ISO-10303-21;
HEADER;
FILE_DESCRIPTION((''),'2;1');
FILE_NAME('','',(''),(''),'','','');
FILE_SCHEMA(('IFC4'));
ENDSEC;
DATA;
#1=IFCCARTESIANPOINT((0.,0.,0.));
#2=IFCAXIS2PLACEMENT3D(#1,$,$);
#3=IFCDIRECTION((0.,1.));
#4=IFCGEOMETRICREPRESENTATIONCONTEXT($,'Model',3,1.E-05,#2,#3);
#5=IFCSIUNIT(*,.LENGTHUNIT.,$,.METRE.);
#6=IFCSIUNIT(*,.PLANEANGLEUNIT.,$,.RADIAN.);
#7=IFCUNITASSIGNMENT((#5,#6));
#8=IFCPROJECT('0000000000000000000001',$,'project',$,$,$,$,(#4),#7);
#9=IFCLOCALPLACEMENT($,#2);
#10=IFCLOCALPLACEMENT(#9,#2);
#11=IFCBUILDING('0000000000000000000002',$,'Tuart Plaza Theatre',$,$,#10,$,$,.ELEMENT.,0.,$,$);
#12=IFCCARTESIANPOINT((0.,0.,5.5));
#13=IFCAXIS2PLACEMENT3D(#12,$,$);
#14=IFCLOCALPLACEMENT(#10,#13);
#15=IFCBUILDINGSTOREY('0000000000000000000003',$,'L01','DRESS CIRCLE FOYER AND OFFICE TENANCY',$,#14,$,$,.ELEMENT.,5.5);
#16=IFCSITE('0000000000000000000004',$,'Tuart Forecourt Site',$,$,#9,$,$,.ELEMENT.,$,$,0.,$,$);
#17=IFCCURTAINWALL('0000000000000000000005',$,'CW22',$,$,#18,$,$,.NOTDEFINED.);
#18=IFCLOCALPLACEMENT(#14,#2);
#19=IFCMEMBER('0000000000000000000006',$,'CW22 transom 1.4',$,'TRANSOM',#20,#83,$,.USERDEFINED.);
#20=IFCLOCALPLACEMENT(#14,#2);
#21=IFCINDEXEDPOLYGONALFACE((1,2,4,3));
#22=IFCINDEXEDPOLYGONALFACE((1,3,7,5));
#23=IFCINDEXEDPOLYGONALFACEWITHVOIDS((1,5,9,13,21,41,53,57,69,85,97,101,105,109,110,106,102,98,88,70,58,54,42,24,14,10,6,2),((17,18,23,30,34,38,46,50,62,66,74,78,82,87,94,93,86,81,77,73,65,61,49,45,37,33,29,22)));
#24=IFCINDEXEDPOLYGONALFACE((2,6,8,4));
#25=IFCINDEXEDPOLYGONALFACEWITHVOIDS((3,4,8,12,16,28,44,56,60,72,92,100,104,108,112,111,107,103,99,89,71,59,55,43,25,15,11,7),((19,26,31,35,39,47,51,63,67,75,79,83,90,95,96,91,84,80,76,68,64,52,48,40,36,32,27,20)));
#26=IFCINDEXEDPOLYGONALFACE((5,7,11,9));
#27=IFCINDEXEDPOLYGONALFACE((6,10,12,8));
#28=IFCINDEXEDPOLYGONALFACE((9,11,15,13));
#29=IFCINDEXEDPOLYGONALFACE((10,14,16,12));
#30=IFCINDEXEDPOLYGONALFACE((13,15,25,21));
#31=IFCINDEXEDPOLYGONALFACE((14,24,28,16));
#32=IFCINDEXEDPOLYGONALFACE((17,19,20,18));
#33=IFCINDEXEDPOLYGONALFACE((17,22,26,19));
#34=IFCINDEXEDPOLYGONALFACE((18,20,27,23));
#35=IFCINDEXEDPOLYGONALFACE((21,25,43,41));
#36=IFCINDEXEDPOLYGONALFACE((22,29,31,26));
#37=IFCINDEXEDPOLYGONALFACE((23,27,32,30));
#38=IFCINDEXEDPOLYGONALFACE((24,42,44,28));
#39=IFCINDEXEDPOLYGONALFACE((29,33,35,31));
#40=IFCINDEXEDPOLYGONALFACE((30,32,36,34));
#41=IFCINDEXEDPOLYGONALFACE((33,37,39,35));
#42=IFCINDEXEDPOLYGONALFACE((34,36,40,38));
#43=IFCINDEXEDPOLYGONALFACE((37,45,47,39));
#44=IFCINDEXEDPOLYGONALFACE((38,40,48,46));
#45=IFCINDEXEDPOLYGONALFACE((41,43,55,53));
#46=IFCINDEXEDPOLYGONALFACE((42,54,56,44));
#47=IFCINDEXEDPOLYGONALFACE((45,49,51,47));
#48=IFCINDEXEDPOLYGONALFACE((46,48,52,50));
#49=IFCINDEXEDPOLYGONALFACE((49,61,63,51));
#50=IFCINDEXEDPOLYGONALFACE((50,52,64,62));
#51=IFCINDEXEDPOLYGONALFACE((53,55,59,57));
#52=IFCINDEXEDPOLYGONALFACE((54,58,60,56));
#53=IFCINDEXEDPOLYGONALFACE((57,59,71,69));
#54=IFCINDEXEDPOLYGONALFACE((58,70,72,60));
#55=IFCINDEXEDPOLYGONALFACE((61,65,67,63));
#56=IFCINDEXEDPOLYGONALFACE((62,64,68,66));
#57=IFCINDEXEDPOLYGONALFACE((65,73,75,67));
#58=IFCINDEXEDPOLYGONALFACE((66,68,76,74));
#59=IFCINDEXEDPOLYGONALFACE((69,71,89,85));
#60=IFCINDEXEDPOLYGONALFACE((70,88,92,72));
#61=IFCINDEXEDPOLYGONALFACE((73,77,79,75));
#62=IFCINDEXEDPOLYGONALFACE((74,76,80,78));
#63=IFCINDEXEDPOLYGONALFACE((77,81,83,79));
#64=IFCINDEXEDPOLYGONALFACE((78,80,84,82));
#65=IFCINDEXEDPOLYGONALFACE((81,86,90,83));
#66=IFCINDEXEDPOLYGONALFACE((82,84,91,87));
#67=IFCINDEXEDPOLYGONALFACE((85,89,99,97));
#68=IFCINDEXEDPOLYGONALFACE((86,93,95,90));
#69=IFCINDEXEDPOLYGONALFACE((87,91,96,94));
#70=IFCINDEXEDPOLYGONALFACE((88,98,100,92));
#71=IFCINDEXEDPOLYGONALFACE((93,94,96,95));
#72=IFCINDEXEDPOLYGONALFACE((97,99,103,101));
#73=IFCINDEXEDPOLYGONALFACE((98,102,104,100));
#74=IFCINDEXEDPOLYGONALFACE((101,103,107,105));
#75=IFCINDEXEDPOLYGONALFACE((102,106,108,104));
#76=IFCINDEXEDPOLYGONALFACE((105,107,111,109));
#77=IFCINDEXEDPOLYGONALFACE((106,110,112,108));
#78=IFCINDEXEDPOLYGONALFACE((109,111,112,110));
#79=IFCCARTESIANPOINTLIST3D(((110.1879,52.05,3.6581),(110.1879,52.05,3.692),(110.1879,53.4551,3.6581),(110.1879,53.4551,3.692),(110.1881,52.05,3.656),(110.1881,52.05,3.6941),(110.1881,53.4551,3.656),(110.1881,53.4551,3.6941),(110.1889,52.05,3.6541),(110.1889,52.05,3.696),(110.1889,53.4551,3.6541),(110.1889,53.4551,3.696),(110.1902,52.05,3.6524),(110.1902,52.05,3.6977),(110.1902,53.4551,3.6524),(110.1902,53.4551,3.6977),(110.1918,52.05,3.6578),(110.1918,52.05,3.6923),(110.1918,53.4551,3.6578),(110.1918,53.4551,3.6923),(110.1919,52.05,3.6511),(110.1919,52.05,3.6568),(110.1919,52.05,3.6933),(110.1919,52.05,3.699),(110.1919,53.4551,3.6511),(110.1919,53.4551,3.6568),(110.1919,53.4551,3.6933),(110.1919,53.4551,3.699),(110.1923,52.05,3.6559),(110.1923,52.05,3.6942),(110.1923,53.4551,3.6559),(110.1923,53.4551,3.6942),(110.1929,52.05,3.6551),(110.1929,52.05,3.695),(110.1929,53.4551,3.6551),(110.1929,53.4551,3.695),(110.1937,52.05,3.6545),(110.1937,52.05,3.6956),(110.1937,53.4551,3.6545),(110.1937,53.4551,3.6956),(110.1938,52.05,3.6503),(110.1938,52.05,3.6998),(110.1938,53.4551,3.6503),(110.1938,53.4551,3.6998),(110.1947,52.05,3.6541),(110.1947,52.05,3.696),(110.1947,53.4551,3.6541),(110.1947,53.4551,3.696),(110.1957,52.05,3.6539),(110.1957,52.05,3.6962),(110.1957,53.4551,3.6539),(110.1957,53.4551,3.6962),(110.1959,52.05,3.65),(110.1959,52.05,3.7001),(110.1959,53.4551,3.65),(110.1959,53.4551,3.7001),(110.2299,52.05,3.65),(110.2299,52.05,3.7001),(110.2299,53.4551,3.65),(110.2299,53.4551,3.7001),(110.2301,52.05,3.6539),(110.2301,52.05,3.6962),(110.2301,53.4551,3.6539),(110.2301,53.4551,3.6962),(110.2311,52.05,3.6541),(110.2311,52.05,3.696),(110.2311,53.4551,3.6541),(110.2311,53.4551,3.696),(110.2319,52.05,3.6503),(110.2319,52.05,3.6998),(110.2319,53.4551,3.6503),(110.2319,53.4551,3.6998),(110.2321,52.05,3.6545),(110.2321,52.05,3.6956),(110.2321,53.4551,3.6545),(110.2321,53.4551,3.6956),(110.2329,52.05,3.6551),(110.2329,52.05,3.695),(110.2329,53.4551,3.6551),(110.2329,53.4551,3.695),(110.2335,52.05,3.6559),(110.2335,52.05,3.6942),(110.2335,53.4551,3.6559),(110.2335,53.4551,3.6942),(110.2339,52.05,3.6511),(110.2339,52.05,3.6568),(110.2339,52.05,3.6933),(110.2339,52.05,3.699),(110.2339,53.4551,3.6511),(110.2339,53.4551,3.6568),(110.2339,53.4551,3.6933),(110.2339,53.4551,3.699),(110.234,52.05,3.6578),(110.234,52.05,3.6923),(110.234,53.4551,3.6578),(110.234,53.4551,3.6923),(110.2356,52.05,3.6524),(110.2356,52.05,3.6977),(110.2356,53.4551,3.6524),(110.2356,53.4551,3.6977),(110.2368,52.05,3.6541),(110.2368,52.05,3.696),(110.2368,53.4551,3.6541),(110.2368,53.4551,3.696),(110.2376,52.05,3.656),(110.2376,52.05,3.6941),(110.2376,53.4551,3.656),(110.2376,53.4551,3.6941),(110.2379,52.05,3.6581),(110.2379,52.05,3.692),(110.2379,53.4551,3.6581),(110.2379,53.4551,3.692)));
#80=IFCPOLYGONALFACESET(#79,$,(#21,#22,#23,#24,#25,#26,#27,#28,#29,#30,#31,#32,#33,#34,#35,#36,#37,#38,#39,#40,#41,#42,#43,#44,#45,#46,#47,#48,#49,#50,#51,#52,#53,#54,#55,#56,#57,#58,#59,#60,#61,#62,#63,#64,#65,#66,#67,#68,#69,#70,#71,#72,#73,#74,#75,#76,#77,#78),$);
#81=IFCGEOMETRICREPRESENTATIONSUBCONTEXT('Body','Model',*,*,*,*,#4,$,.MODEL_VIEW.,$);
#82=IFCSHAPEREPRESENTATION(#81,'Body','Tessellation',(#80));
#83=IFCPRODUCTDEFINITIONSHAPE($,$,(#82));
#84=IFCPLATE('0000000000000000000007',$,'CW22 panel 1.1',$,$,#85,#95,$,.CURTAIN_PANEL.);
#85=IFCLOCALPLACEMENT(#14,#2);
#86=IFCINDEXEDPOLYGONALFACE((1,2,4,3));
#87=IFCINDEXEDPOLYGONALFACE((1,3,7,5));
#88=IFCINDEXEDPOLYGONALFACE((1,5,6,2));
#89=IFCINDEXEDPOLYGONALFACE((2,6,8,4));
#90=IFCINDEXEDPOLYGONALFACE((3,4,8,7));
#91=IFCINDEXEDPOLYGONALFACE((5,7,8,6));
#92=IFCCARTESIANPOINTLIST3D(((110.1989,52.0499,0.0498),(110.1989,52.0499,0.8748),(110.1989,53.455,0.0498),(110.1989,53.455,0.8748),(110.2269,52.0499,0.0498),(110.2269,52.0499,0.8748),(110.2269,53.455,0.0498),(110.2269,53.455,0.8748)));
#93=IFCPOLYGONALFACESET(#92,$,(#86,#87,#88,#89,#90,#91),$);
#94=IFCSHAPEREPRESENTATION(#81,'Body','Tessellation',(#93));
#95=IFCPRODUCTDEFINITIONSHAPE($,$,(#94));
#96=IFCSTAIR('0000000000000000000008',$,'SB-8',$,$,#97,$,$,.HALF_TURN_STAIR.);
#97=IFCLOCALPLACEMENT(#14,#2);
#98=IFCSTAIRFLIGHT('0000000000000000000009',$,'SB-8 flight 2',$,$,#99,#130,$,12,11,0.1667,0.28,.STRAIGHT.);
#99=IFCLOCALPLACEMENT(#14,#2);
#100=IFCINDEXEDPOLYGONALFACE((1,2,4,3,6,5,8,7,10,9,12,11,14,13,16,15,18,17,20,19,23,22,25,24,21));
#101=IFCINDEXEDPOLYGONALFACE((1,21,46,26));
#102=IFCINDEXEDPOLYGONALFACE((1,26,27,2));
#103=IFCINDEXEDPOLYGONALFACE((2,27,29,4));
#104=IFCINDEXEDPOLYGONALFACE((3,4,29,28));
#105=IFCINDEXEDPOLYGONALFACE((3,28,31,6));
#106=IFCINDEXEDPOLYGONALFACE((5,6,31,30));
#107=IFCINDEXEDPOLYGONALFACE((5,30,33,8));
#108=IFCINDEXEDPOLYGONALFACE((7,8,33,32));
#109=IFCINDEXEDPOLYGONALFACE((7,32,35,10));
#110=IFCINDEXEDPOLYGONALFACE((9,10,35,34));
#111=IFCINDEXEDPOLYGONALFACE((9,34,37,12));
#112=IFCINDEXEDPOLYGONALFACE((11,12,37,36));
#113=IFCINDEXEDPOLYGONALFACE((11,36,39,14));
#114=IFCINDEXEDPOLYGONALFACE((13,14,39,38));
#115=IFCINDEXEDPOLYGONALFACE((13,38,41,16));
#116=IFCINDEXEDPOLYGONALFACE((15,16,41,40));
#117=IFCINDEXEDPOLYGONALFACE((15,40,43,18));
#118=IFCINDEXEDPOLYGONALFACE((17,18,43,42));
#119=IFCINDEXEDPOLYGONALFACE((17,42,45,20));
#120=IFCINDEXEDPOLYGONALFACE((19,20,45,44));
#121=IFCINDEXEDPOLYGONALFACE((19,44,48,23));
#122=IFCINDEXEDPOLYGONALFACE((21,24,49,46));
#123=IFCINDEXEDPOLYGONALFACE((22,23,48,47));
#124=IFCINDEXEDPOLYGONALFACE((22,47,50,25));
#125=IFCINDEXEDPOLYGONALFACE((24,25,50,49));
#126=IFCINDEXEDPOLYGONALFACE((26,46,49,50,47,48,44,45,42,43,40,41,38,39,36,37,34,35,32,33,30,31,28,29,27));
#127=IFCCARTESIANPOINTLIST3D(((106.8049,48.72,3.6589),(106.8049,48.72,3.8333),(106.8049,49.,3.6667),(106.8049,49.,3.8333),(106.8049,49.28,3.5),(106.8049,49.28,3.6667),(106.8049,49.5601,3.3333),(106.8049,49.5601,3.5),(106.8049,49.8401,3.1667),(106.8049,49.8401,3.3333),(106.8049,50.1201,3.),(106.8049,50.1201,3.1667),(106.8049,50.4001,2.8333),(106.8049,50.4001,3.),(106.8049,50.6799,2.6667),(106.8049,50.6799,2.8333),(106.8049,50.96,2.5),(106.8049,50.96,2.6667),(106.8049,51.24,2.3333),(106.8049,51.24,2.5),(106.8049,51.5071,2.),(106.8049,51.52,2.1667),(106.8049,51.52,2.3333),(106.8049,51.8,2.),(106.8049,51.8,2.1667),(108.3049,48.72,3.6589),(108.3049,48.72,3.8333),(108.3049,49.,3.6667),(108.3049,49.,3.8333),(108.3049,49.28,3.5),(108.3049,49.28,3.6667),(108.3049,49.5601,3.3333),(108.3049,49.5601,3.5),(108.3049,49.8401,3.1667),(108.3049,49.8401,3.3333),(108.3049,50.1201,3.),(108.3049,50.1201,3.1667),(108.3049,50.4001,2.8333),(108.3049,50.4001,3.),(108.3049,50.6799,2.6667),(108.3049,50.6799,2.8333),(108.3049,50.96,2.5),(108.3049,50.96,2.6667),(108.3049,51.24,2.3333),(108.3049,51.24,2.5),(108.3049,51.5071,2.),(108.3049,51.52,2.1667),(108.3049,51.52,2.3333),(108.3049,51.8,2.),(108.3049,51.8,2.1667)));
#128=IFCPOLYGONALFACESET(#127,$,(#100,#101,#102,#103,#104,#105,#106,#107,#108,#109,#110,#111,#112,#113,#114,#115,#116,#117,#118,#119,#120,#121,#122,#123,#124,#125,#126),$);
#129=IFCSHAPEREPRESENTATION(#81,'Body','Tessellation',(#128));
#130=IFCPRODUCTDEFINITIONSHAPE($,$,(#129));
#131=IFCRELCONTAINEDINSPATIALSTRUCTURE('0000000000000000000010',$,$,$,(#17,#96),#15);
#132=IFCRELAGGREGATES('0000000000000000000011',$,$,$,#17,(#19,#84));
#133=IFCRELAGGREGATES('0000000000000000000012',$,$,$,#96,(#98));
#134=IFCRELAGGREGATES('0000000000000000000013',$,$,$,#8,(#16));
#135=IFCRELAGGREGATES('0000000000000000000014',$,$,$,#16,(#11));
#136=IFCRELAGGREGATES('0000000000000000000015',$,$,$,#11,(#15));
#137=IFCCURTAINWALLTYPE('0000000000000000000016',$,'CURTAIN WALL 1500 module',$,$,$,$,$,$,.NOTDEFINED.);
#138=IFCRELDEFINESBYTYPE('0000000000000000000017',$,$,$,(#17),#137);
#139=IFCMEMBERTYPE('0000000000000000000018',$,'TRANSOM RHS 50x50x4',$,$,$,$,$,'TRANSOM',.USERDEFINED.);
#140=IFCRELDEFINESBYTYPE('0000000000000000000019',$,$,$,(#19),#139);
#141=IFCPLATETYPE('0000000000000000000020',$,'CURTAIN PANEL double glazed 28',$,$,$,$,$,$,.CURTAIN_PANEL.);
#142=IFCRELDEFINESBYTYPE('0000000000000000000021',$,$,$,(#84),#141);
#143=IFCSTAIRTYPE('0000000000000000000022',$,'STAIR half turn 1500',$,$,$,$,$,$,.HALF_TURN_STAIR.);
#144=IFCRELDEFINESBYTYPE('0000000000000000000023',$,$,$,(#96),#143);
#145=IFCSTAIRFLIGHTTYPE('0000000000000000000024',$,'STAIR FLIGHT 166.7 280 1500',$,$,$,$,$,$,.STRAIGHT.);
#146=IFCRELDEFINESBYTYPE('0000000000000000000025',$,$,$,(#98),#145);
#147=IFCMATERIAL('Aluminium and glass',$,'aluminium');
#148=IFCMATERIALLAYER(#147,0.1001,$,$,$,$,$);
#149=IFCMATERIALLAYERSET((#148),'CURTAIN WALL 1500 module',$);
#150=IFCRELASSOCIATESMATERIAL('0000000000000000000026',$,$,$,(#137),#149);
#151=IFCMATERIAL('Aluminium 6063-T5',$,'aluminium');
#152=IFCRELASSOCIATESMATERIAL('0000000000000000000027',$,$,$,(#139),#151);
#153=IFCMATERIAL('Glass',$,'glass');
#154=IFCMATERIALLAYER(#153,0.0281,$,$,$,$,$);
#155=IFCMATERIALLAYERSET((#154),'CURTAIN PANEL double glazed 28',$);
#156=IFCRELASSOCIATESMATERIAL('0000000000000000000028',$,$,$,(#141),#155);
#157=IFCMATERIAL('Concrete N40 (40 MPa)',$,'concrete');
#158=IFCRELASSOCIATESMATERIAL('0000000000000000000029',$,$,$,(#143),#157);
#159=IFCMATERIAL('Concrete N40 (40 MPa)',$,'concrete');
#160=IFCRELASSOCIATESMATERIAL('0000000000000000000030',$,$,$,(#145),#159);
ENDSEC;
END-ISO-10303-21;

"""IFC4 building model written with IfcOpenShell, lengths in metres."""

from ifc_helpers import new_model, si_unit, direction, frame, origin, origin_2d, place, context, subcontext, project, spatial, polyline, rectangle, hollow_rectangle, outline, extrude, material, layer, layer_set, material_profile, profile_set, type_object, element, aggregate, save


model = new_model("IFC4")

# Units and contexts
model_context = context("Model", 3, precision=1e-05, world=origin(), true_north=direction((0.0, 1.0)))
body_context = subcontext(model_context, "Body", "Model", "MODEL_VIEW")
ifc_project = project(units=[si_unit("LENGTHUNIT", "METRE"), si_unit("PLANEANGLEUNIT", "RADIAN")], contexts=[model_context])

# Site, building, storey
site_placement = place(None, origin())
site = spatial("IfcSite", under=ifc_project, at=site_placement, Name="Tuart Forecourt Site", CompositionType="ELEMENT", RefElevation=0.0)
building_placement = place(site_placement, origin())
building = spatial("IfcBuilding", under=site, at=building_placement, Name="Tuart Plaza Theatre", CompositionType="ELEMENT", ElevationOfRefHeight=0.0)
storey_placement = place(building_placement, frame((0.0, 0.0, 5.5)))
storey = spatial("IfcBuildingStorey", under=building, at=storey_placement, Name="L01", Description="DRESS CIRCLE FOYER AND OFFICE TENANCY", CompositionType="ELEMENT", Elevation=5.5)

# Curtain wall, member, plate
ifc_material_1 = material(Name="Aluminium and glass", Category="aluminium")
ifc_layer_1 = layer(ifc_material_1, 0.1001)
ifc_layer_set_1 = layer_set([ifc_layer_1], Name="CURTAIN WALL 1500 module")
curtain_wall_type = type_object("IfcCurtainWallType", Name="CURTAIN WALL 1500 module", PredefinedType="NOTDEFINED", material=ifc_layer_set_1)
curtain_wall_placement = place(storey_placement, origin())
curtain_wall = element("IfcCurtainWall", 1, at=curtain_wall_placement, inside=storey, type_object=curtain_wall_type, Name="CW22", PredefinedType="NOTDEFINED")
ifc_material_2 = material(Name="Aluminium 6063-T5", Category="aluminium")
ifc_material_profile_1 = material_profile(ifc_material_2, hollow_rectangle(XDim=0.05, YDim=0.05, WallThickness=0.0039, InnerFilletRadius=0.0039, OuterFilletRadius=0.0081, at=origin_2d()), Name="RHS 50x50x4")
ifc_profile_set_1 = profile_set([ifc_material_profile_1], Name="Aluminium 6063-T5")
member_type_1 = type_object("IfcMemberType", Name="TRANSOM RHS 50x50x4", ElementType="TRANSOM", PredefinedType="USERDEFINED", material=ifc_profile_set_1)
member_1_placement = place(storey_placement, frame((110.2129, 52.05, 3.675), z_axis=(0.0, 1.0, 0.0), x_axis=(-1.0, 0.0, 0.0)))
member_1 = element("IfcMember", 2, at=member_1_placement, type_object=member_type_1, Name="CW22 transom 1.4", ObjectType="TRANSOM", PredefinedType="USERDEFINED", context=body_context, shape_type="SweptSolid", body=[
    extrude(hollow_rectangle(XDim=0.05, YDim=0.05, WallThickness=0.0039, InnerFilletRadius=0.0039, OuterFilletRadius=0.0081, at=origin_2d()), origin(), (0.0, 0.0, 1.0), 1.405),
])
ifc_material_3 = material(Name="Glass", Category="glass")
ifc_layer_2 = layer(ifc_material_3, 0.0281)
ifc_layer_set_2 = layer_set([ifc_layer_2], Name="CURTAIN PANEL double glazed 28")
plate_type = type_object("IfcPlateType", Name="CURTAIN PANEL double glazed 28", PredefinedType="CURTAIN_PANEL", material=ifc_layer_set_2)
plate_placement = place(storey_placement, frame((110.2129, 52.7524, 0.0498), z_axis=(0.0, 0.0, 1.0), x_axis=(0.0, 1.0, 0.0)))
plate = element("IfcPlate", 3, at=plate_placement, type_object=plate_type, Name="CW22 panel 1.1", PredefinedType="CURTAIN_PANEL", context=body_context, shape_type="SweptSolid", body=[
    extrude(rectangle(XDim=1.405, YDim=0.0281, at=origin_2d()), origin(), (0.0, 0.0, 1.0), 0.825),
])
aggregate(curtain_wall, [member_1, plate])

# Stair, stair flight
ifc_material_4 = material(Name="Concrete N40 (40 MPa)", Category="concrete")
stair_type = type_object("IfcStairType", Name="STAIR half turn 1500", PredefinedType="HALF_TURN_STAIR", material=ifc_material_4)
stair_placement = place(storey_placement, origin())
stair = element("IfcStair", 4, at=stair_placement, inside=storey, type_object=stair_type, Name="SB-8", PredefinedType="HALF_TURN_STAIR")
ifc_material_5 = material(Name="Concrete N40 (40 MPa)", Category="concrete")
stair_flight_type = type_object("IfcStairFlightType", Name="STAIR FLIGHT 166.7 280 1500", PredefinedType="STRAIGHT", material=ifc_material_5)
stair_flight_placement = place(storey_placement, frame((107.5549, 51.8, 2.0), z_axis=(0.0, 0.0, 1.0), x_axis=(0.0, -1.0, 0.0)))
stair_flight = element("IfcStairFlight", 5, at=stair_flight_placement, type_object=stair_flight_type, Name="SB-8 flight 2", NumberOfRisers=12, NumberOfTreads=11, PredefinedType="STRAIGHT", RiserHeight=0.1667, TreadLength=0.28, context=body_context, shape_type="SweptSolid", body=[
    extrude(outline(polyline([(0.0, 0.0), (0.0, 0.1667), (0.28, 0.1667), (0.28, 0.3333), (0.5601, 0.3333), (0.5601, 0.5), (0.8401, 0.5), (0.8401, 0.6667), (1.1201, 0.6667), (1.1201, 0.8333), (1.3999, 0.8333), (1.3999, 1.0), (1.6799, 1.0), (1.6799, 1.1667), (1.96, 1.1667), (1.96, 1.3333), (2.24, 1.3333), (2.24, 1.5), (2.52, 1.5), (2.52, 1.6667), (2.8, 1.6667), (2.8, 1.8333), (3.0801, 1.8333), (3.0801, 2.0), (3.0801, 1.6589), (0.293, 0.0), (0.0, 0.0)])), frame((0.0, 0.75, 0.0), z_axis=(0.0, -1.0, 0.0), x_axis=(1.0, 0.0, 0.0)), (0.0, 0.0, 1.0), 1.5),
])
aggregate(stair, [stair_flight])

save(model, "model.ifc")
